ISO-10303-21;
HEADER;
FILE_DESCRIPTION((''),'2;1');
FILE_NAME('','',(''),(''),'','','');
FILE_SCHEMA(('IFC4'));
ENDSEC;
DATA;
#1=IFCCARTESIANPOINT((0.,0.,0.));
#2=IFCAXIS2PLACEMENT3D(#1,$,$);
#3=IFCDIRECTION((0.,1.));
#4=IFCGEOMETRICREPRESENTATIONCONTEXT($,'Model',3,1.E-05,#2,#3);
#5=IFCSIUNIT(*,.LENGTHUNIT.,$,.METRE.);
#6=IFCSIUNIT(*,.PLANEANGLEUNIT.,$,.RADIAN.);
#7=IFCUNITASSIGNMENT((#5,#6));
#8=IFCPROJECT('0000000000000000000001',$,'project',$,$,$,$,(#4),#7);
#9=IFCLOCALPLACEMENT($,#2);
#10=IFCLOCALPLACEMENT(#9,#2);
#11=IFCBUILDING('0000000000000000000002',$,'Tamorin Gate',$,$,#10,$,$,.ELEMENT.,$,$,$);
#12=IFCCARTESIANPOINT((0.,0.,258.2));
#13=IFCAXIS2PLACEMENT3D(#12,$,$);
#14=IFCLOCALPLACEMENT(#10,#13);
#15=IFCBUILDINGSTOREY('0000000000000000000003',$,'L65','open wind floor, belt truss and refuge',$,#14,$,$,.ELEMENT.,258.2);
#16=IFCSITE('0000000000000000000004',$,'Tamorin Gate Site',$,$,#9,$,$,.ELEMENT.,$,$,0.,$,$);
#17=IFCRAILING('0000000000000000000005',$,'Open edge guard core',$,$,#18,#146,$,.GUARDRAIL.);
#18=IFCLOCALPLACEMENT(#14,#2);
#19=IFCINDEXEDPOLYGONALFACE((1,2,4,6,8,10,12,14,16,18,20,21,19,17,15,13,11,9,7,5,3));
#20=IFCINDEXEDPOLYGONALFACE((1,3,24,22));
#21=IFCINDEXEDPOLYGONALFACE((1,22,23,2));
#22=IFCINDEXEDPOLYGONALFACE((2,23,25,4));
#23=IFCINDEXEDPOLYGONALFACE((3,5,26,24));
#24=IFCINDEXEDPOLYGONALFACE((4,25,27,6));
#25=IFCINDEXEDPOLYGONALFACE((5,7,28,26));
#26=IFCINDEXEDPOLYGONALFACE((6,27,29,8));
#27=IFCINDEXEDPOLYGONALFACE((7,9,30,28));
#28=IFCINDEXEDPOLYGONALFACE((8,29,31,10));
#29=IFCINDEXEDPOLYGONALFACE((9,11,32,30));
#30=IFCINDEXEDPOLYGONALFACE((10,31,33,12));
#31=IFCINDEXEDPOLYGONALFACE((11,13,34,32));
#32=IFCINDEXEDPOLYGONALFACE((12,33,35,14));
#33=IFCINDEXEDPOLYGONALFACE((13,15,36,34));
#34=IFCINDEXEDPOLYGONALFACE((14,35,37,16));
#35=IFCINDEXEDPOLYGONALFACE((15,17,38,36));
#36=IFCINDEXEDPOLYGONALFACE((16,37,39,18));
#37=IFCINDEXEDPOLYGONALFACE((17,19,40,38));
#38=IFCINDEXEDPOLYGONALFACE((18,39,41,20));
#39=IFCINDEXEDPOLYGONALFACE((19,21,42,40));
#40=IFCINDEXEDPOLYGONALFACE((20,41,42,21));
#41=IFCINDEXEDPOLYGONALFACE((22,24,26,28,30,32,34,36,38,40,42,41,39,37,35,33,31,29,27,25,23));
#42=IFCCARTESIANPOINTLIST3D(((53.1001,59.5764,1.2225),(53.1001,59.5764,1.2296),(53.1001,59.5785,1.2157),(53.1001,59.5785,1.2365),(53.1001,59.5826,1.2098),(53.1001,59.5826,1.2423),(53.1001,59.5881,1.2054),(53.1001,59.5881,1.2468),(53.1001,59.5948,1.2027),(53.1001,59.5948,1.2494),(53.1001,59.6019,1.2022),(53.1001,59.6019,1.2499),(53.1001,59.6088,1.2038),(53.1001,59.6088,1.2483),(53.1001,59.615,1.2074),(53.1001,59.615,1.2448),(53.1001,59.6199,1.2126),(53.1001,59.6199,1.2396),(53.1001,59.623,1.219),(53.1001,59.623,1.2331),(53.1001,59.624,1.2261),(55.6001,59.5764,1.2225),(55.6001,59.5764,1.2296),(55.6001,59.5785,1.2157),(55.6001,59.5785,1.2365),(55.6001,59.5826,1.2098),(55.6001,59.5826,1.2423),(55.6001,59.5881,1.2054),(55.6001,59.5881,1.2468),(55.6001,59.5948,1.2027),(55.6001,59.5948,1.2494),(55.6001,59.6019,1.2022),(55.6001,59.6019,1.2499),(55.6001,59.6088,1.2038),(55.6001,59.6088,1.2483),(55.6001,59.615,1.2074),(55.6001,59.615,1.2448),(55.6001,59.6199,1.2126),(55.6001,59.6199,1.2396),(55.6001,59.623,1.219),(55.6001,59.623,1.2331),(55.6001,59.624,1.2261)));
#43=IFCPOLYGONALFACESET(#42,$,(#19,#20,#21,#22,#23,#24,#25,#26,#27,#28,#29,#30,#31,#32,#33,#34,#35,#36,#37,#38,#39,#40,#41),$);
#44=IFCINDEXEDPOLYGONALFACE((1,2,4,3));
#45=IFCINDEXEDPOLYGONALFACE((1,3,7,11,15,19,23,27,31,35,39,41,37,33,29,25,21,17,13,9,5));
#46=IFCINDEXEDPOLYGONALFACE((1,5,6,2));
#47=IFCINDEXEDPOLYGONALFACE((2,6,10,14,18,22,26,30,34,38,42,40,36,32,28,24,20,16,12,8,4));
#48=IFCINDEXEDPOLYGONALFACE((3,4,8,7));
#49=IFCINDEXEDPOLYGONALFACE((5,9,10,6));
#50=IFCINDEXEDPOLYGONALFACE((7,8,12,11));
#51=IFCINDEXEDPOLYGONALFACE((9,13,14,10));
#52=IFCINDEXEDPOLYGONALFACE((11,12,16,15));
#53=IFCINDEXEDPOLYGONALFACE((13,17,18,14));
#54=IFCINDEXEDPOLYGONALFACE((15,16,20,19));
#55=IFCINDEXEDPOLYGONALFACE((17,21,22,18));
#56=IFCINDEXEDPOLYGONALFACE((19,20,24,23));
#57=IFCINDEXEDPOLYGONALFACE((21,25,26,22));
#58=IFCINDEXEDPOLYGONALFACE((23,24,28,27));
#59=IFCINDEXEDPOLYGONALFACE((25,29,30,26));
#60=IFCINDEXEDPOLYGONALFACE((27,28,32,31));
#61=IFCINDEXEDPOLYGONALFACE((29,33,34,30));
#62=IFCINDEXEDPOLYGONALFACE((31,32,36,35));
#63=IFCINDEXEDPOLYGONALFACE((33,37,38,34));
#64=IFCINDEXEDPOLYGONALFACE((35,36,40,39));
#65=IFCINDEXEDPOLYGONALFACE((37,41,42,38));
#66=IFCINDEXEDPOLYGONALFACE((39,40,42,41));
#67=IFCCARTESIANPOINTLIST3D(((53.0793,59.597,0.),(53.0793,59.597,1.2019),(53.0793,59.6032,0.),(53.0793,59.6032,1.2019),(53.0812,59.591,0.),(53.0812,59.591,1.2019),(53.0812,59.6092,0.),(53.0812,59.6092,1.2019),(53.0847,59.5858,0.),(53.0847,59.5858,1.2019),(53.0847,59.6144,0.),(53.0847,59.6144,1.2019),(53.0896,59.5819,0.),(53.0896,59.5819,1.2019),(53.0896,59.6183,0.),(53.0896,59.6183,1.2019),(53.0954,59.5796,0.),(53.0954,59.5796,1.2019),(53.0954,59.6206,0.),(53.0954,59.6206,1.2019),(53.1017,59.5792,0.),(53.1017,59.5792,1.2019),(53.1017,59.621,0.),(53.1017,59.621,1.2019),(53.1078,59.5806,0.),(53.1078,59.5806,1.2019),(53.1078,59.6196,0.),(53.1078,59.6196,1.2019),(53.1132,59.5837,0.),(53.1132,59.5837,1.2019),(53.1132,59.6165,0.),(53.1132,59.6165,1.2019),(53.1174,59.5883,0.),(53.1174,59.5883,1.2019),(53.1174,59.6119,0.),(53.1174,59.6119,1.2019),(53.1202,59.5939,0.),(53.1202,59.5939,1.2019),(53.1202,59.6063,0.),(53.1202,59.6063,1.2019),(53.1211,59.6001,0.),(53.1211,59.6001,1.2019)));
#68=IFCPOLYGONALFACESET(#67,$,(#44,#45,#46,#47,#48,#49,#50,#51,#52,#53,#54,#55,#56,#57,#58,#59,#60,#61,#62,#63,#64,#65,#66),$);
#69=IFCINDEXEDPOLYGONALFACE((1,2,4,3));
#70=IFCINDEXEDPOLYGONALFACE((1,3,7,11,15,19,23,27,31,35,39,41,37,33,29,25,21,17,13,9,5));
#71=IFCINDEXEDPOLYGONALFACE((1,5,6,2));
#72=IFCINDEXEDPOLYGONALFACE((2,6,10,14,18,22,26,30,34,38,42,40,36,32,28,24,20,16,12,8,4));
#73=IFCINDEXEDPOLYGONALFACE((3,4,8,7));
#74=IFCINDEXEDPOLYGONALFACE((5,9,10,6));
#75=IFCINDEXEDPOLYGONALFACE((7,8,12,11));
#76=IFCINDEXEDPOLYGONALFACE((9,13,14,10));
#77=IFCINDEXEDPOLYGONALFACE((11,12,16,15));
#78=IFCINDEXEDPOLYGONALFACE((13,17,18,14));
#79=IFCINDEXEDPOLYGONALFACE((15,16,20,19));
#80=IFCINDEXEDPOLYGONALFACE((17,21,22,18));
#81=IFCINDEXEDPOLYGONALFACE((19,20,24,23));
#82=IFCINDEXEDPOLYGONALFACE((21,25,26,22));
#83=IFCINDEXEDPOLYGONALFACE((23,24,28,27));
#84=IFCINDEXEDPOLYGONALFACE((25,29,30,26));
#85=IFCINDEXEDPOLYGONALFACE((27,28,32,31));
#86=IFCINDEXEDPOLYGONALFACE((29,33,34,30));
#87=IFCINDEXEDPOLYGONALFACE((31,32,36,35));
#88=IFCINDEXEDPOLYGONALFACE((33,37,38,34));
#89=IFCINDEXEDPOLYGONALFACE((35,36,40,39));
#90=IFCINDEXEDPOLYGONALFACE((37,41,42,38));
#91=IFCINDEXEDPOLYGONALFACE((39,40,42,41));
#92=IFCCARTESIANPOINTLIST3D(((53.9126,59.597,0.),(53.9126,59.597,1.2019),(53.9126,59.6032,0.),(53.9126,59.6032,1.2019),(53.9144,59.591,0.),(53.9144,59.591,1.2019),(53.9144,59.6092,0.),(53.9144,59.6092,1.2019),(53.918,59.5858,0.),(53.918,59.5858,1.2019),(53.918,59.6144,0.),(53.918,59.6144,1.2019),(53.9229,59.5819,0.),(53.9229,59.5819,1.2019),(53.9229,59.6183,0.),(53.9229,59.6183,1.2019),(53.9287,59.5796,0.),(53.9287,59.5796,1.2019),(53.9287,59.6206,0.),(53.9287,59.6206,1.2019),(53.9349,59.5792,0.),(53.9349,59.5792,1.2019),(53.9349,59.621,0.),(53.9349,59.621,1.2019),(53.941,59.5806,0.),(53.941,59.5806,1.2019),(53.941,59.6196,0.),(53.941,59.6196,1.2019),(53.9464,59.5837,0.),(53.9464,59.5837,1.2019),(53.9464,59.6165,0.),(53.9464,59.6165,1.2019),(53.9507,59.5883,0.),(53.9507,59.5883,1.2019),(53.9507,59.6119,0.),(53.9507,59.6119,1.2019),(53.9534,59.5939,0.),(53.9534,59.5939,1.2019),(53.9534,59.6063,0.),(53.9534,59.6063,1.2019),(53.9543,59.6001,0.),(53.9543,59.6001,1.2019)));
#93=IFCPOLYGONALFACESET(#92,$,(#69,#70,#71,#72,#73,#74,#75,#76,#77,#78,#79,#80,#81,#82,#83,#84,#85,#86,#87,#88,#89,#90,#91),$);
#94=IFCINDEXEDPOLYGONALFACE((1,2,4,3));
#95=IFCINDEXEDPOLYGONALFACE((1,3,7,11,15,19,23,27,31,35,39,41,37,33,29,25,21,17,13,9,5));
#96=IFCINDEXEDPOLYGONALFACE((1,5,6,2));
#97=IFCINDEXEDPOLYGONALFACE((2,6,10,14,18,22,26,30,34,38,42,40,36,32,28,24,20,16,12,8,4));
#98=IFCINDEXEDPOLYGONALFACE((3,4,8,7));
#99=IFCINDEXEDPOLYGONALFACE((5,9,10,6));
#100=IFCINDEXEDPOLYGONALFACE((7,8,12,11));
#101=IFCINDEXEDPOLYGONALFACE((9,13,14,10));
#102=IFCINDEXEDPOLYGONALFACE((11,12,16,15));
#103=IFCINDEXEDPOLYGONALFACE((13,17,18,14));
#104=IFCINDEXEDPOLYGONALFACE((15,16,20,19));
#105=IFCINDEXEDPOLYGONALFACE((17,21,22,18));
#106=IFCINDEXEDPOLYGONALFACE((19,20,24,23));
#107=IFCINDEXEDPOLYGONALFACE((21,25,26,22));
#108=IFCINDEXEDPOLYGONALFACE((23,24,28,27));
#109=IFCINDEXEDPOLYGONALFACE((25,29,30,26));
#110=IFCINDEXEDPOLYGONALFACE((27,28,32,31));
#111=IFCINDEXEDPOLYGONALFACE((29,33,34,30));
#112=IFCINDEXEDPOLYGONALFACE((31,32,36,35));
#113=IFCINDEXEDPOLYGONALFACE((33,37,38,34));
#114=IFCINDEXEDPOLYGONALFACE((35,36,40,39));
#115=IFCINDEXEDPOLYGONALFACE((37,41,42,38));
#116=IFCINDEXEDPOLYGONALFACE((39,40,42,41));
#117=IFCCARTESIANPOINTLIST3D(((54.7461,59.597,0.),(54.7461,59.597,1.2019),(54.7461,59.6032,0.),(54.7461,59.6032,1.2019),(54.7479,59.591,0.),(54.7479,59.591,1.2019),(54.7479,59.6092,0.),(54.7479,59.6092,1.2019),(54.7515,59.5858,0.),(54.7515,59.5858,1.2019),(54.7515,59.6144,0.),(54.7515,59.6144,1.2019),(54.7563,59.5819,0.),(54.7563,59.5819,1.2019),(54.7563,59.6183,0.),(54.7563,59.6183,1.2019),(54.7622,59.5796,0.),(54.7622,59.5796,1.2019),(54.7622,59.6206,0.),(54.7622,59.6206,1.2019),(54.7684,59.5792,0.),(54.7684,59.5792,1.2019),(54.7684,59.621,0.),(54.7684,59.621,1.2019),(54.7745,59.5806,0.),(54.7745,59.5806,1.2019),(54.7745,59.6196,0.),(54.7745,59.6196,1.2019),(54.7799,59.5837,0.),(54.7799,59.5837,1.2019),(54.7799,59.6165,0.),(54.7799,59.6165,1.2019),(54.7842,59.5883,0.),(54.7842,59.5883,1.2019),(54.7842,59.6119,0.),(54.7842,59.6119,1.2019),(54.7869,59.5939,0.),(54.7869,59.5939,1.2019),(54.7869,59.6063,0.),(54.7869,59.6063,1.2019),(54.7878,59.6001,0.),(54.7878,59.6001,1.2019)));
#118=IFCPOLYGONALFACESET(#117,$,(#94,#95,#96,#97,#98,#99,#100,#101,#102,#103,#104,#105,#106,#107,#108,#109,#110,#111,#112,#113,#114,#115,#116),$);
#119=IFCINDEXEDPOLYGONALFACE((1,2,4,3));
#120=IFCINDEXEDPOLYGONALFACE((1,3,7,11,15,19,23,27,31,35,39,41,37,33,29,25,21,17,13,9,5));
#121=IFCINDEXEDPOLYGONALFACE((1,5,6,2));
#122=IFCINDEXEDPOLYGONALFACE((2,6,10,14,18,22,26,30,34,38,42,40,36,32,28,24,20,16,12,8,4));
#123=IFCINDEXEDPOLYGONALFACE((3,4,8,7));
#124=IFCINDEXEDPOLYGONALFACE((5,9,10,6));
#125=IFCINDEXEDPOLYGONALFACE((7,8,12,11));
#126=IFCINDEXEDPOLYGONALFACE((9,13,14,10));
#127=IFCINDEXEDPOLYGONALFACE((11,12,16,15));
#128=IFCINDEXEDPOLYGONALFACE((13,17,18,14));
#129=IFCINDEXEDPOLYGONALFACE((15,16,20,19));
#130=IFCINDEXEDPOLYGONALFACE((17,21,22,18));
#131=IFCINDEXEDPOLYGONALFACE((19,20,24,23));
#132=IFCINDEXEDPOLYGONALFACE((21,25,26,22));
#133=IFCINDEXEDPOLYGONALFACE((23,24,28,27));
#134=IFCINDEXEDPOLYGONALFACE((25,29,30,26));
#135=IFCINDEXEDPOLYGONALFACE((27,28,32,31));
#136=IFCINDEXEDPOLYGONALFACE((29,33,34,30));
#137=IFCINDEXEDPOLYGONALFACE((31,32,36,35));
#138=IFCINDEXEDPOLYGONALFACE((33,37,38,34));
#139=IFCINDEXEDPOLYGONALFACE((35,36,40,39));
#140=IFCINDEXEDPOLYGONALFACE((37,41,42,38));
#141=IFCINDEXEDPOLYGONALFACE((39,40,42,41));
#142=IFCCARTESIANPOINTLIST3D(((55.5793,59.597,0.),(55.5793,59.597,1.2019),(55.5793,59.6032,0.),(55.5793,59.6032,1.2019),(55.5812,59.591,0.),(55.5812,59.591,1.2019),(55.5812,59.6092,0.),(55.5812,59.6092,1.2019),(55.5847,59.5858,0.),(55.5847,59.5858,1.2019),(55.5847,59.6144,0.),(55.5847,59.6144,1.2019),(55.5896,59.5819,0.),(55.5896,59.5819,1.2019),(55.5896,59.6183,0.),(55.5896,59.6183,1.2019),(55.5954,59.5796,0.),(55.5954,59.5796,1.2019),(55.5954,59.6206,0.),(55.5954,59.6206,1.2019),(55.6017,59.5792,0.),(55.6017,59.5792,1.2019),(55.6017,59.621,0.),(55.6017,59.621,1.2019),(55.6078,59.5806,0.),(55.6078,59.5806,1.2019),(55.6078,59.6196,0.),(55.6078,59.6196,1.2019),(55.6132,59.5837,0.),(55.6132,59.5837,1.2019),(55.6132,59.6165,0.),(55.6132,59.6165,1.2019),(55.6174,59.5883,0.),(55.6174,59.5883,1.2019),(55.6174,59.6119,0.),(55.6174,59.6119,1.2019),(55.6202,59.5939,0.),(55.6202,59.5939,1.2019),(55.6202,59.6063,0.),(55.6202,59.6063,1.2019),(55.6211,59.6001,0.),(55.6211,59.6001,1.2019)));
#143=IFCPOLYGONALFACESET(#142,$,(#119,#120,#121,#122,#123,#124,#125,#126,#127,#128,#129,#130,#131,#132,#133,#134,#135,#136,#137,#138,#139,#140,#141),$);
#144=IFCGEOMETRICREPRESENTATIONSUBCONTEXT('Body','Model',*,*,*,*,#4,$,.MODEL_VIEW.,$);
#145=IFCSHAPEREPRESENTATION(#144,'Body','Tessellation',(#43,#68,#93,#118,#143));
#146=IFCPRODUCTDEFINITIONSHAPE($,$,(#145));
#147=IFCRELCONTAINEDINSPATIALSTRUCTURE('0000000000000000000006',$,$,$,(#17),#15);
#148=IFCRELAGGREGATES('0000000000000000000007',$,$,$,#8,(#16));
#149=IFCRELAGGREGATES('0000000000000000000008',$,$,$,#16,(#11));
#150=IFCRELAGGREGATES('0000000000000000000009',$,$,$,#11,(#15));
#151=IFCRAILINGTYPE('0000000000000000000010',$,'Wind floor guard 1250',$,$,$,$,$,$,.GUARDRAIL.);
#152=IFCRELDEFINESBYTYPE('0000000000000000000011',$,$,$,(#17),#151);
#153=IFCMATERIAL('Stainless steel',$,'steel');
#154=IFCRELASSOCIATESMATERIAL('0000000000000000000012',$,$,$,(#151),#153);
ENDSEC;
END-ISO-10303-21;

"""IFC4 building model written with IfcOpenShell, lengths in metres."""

from ifc_helpers import new_model, si_unit, direction, frame, origin, origin_2d, place, context, subcontext, project, spatial, circle, extrude, material, type_object, element, save


model = new_model("IFC4")

# Units and contexts
model_context = context("Model", 3, precision=1e-05, world=origin(), true_north=direction((0.0, 1.0)))
body_context = subcontext(model_context, "Body", "Model", "MODEL_VIEW")
ifc_project = project(units=[si_unit("LENGTHUNIT", "METRE"), si_unit("PLANEANGLEUNIT", "RADIAN")], contexts=[model_context])

# Site, building, storey
site_placement = place(None, origin())
site = spatial("IfcSite", under=ifc_project, at=site_placement, Name="Tamorin Gate Site", CompositionType="ELEMENT", RefElevation=0.0)
building_placement = place(site_placement, origin())
building = spatial("IfcBuilding", under=site, at=building_placement, Name="Tamorin Gate", CompositionType="ELEMENT")
storey_placement = place(building_placement, frame((0.0, 0.0, 258.2)))
storey = spatial("IfcBuildingStorey", under=building, at=storey_placement, Name="L65", Description="open wind floor, belt truss and refuge", CompositionType="ELEMENT", Elevation=258.2)

# Railing
ifc_material_1 = material(Name="Stainless steel", Category="steel")
railing_type_1 = type_object("IfcRailingType", Name="Wind floor guard 1250", PredefinedType="GUARDRAIL", material=ifc_material_1)
railing_1_placement = place(storey_placement, frame((53.1001, 59.6001, 0.0)))
element("IfcRailing", 1, at=railing_1_placement, inside=storey, type_object=railing_type_1, Name="Open edge guard core", PredefinedType="GUARDRAIL", context=body_context, shape_type="SweptSolid", body=[
    extrude(circle(Radius=0.0239, at=origin_2d()), frame((0.0, 0.0, 1.2261), z_axis=(1.0, 0.0, 0.0), x_axis=(0.0, 1.0, 0.0)), (0.0, 0.0, 1.0), 2.5),
    extrude(circle(Radius=0.021, at=origin_2d()), origin(), (0.0, 0.0, 1.0), 1.2019),
    extrude(circle(Radius=0.021, at=origin_2d()), frame((0.8333, 0.0, 0.0)), (0.0, 0.0, 1.0), 1.2019),
    extrude(circle(Radius=0.021, at=origin_2d()), frame((1.6667, 0.0, 0.0)), (0.0, 0.0, 1.0), 1.2019),
    extrude(circle(Radius=0.021, at=origin_2d()), frame((2.5, 0.0, 0.0)), (0.0, 0.0, 1.0), 1.2019),
])

save(model, "model.ifc")
